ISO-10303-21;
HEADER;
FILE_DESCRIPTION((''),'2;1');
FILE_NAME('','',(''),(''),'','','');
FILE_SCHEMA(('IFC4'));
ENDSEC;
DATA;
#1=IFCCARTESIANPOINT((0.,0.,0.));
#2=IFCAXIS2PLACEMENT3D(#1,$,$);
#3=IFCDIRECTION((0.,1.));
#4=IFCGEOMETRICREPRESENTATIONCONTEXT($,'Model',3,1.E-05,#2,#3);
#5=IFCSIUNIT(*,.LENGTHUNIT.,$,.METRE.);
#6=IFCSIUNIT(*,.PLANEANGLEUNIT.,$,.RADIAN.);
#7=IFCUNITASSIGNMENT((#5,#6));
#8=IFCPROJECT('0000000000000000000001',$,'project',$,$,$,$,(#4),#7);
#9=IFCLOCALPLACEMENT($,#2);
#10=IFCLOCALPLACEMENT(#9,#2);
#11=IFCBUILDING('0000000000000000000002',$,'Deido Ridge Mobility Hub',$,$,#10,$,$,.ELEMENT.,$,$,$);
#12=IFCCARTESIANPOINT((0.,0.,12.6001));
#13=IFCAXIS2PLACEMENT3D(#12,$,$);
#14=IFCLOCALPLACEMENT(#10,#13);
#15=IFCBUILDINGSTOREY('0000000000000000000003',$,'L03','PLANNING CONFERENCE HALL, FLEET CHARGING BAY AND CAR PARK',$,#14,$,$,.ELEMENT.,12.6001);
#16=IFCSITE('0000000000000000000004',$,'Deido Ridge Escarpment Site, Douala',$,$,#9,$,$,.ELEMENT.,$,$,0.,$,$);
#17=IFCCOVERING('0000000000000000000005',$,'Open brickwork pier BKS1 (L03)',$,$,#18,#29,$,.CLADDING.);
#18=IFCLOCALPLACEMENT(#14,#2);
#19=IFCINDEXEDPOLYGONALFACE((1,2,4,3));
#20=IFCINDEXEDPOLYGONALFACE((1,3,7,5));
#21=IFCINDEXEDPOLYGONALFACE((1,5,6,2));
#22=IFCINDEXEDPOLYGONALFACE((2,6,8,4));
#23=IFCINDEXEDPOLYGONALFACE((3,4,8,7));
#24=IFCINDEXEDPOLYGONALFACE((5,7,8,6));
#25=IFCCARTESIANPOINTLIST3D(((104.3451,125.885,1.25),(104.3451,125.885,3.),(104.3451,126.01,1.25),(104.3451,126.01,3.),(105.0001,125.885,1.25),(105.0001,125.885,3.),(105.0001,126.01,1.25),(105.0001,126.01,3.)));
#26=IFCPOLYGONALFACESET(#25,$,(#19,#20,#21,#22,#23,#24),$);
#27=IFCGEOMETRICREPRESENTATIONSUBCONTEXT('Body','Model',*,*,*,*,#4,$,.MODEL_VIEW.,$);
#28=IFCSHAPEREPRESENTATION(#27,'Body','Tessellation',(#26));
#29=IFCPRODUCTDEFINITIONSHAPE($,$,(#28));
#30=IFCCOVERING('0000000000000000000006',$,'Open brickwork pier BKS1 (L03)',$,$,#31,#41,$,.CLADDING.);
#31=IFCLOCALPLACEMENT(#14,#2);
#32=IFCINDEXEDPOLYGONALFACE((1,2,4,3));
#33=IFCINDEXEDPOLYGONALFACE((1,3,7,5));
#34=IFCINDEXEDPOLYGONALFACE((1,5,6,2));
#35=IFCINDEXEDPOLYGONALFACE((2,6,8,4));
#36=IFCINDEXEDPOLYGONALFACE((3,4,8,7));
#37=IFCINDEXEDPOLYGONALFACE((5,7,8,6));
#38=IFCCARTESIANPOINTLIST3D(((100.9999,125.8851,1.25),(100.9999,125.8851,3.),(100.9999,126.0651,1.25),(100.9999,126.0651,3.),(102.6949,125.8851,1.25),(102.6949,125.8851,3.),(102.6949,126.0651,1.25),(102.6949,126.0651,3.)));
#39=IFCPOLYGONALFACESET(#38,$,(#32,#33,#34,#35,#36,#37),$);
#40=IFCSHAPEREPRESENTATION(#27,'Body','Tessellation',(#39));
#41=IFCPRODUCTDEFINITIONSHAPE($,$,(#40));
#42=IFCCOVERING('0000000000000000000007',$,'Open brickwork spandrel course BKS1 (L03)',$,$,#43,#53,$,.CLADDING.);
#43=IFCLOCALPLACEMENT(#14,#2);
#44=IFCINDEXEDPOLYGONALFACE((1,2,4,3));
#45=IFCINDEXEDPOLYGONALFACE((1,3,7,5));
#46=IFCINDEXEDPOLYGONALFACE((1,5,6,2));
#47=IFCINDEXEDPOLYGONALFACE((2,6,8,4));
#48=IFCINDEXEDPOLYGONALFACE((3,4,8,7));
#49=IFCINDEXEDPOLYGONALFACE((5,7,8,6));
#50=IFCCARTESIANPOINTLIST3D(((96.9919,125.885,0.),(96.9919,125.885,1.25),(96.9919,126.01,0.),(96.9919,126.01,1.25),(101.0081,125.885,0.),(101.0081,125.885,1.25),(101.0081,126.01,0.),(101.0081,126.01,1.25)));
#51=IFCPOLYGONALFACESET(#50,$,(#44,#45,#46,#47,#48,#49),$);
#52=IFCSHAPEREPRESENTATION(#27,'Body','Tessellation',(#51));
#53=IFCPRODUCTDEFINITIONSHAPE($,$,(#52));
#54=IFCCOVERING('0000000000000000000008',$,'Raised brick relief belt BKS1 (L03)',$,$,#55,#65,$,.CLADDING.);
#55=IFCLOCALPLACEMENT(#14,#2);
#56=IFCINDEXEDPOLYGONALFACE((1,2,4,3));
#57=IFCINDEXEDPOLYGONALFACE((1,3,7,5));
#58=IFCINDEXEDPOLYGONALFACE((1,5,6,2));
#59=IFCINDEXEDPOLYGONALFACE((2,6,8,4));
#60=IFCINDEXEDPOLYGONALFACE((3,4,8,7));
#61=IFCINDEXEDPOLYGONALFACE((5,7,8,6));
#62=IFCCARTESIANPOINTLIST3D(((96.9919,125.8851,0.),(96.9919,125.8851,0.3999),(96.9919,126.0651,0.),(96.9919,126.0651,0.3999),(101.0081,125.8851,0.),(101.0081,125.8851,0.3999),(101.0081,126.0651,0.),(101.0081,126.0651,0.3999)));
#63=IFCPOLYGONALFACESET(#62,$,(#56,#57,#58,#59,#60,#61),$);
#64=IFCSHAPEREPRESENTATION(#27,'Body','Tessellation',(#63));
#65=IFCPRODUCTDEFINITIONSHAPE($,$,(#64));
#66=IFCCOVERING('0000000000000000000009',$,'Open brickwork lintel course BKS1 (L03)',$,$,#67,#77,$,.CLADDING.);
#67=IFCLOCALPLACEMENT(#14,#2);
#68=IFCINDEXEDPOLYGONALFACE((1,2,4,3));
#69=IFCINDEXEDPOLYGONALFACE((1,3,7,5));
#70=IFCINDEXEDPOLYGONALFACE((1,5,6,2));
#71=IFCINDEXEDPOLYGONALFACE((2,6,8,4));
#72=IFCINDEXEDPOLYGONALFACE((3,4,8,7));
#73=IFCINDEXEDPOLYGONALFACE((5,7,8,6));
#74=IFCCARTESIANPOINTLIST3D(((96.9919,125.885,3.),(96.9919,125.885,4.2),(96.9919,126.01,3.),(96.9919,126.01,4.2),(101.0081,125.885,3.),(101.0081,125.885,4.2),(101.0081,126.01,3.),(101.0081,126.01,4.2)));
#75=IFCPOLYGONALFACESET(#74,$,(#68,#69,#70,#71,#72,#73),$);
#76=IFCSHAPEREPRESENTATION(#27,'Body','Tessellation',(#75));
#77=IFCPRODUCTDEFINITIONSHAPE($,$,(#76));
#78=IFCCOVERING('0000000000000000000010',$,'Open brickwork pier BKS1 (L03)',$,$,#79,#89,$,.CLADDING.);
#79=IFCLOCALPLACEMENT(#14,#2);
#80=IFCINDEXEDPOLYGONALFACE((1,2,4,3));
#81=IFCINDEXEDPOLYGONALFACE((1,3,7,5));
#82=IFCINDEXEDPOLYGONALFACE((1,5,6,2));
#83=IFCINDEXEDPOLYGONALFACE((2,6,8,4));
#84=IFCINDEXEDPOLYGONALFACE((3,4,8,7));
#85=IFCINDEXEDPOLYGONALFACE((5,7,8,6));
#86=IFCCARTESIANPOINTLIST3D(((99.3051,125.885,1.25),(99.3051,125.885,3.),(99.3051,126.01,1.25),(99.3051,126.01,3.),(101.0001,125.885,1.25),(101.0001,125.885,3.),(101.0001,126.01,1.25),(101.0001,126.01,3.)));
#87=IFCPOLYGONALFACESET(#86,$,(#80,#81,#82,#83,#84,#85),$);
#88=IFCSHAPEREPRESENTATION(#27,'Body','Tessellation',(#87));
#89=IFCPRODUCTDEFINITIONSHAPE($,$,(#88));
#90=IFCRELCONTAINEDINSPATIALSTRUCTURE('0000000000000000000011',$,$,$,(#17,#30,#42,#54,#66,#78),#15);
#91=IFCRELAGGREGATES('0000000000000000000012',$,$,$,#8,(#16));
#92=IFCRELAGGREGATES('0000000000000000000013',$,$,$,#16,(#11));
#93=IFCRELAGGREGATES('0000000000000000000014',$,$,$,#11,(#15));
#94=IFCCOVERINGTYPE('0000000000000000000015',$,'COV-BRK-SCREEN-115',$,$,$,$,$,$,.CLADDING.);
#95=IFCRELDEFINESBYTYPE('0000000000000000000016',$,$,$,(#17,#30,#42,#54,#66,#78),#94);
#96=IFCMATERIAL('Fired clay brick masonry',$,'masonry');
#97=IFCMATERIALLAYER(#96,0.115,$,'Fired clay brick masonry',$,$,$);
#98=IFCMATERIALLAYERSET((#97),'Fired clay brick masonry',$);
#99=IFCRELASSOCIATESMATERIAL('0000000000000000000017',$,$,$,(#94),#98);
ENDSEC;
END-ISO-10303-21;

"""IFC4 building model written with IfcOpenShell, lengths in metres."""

from ifc_helpers import new_model, si_unit, direction, frame, origin, origin_2d, place, context, subcontext, project, spatial, rectangle, extrude, material, layer, layer_set, type_object, element, save


model = new_model("IFC4")

# Units and contexts
model_context = context("Model", 3, precision=1e-05, world=origin(), true_north=direction((0.0, 1.0)))
body_context = subcontext(model_context, "Body", "Model", "MODEL_VIEW")
ifc_project = project(units=[si_unit("LENGTHUNIT", "METRE"), si_unit("PLANEANGLEUNIT", "RADIAN")], contexts=[model_context])

# Site, building, storey
site_placement = place(None, origin())
site = spatial("IfcSite", under=ifc_project, at=site_placement, Name="Deido Ridge Escarpment Site, Douala", CompositionType="ELEMENT", RefElevation=0.0)
building_placement = place(site_placement, origin())
building = spatial("IfcBuilding", under=site, at=building_placement, Name="Deido Ridge Mobility Hub", CompositionType="ELEMENT")
storey_placement = place(building_placement, frame((0.0, 0.0, 12.6001)))
storey = spatial("IfcBuildingStorey", under=building, at=storey_placement, Name="L03", Description="PLANNING CONFERENCE HALL, FLEET CHARGING BAY AND CAR PARK", CompositionType="ELEMENT", Elevation=12.6001)

# Coverings
ifc_material_1 = material(Name="Fired clay brick masonry", Category="masonry")
ifc_layer = layer(ifc_material_1, 0.115, Name="Fired clay brick masonry")
ifc_layer_set = layer_set([ifc_layer], Name="Fired clay brick masonry")
covering_type = type_object("IfcCoveringType", Name="COV-BRK-SCREEN-115", PredefinedType="CLADDING", material=ifc_layer_set)
covering_1_placement = place(storey_placement, frame((104.6726, 125.9475, 1.25), z_axis=(0.0, 0.0, 1.0), x_axis=(-1.0, 0.0, 0.0)))
element("IfcCovering", 1, at=covering_1_placement, inside=storey, type_object=covering_type, Name="Open brickwork pier BKS1 (L03)", PredefinedType="CLADDING", context=body_context, shape_type="SweptSolid", body=[
    extrude(rectangle(XDim=0.655, YDim=0.125, at=origin_2d()), origin(), (0.0, 0.0, 1.0), 1.75),
])
covering_2_placement = place(storey_placement, frame((101.8474, 125.9751, 1.25), z_axis=(0.0, 0.0, 1.0), x_axis=(-1.0, 0.0, 0.0)))
element("IfcCovering", 2, at=covering_2_placement, inside=storey, type_object=covering_type, Name="Open brickwork pier BKS1 (L03)", PredefinedType="CLADDING", context=body_context, shape_type="SweptSolid", body=[
    extrude(rectangle(XDim=1.6951, YDim=0.1799, at=origin_2d()), origin(), (0.0, 0.0, 1.0), 1.75),
])
covering_3_placement = place(storey_placement, frame((99.0, 125.9475, 0.0), z_axis=(0.0, 0.0, 1.0), x_axis=(-1.0, 0.0, 0.0)))
element("IfcCovering", 3, at=covering_3_placement, inside=storey, type_object=covering_type, Name="Open brickwork spandrel course BKS1 (L03)", PredefinedType="CLADDING", context=body_context, shape_type="SweptSolid", body=[
    extrude(rectangle(XDim=4.0161, YDim=0.125, at=origin_2d()), origin(), (0.0, 0.0, 1.0), 1.25),
])
covering_4_placement = place(storey_placement, frame((99.0, 125.9751, 0.0), z_axis=(0.0, 0.0, 1.0), x_axis=(-1.0, 0.0, 0.0)))
element("IfcCovering", 4, at=covering_4_placement, inside=storey, type_object=covering_type, Name="Raised brick relief belt BKS1 (L03)", PredefinedType="CLADDING", context=body_context, shape_type="SweptSolid", body=[
    extrude(rectangle(XDim=4.0161, YDim=0.1799, at=origin_2d()), origin(), (0.0, 0.0, 1.0), 0.3999),
])
covering_5_placement = place(storey_placement, frame((99.0, 125.9475, 3.0), z_axis=(0.0, 0.0, 1.0), x_axis=(-1.0, 0.0, 0.0)))
element("IfcCovering", 5, at=covering_5_placement, inside=storey, type_object=covering_type, Name="Open brickwork lintel course BKS1 (L03)", PredefinedType="CLADDING", context=body_context, shape_type="SweptSolid", body=[
    extrude(rectangle(XDim=4.0161, YDim=0.125, at=origin_2d()), origin(), (0.0, 0.0, 1.0), 1.2),
])
covering_6_placement = place(storey_placement, frame((100.1526, 125.9475, 1.25), z_axis=(0.0, 0.0, 1.0), x_axis=(-1.0, 0.0, 0.0)))
element("IfcCovering", 6, at=covering_6_placement, inside=storey, type_object=covering_type, Name="Open brickwork pier BKS1 (L03)", PredefinedType="CLADDING", context=body_context, shape_type="SweptSolid", body=[
    extrude(rectangle(XDim=1.6951, YDim=0.125, at=origin_2d()), origin(), (0.0, 0.0, 1.0), 1.75),
])

save(model, "model.ifc")
